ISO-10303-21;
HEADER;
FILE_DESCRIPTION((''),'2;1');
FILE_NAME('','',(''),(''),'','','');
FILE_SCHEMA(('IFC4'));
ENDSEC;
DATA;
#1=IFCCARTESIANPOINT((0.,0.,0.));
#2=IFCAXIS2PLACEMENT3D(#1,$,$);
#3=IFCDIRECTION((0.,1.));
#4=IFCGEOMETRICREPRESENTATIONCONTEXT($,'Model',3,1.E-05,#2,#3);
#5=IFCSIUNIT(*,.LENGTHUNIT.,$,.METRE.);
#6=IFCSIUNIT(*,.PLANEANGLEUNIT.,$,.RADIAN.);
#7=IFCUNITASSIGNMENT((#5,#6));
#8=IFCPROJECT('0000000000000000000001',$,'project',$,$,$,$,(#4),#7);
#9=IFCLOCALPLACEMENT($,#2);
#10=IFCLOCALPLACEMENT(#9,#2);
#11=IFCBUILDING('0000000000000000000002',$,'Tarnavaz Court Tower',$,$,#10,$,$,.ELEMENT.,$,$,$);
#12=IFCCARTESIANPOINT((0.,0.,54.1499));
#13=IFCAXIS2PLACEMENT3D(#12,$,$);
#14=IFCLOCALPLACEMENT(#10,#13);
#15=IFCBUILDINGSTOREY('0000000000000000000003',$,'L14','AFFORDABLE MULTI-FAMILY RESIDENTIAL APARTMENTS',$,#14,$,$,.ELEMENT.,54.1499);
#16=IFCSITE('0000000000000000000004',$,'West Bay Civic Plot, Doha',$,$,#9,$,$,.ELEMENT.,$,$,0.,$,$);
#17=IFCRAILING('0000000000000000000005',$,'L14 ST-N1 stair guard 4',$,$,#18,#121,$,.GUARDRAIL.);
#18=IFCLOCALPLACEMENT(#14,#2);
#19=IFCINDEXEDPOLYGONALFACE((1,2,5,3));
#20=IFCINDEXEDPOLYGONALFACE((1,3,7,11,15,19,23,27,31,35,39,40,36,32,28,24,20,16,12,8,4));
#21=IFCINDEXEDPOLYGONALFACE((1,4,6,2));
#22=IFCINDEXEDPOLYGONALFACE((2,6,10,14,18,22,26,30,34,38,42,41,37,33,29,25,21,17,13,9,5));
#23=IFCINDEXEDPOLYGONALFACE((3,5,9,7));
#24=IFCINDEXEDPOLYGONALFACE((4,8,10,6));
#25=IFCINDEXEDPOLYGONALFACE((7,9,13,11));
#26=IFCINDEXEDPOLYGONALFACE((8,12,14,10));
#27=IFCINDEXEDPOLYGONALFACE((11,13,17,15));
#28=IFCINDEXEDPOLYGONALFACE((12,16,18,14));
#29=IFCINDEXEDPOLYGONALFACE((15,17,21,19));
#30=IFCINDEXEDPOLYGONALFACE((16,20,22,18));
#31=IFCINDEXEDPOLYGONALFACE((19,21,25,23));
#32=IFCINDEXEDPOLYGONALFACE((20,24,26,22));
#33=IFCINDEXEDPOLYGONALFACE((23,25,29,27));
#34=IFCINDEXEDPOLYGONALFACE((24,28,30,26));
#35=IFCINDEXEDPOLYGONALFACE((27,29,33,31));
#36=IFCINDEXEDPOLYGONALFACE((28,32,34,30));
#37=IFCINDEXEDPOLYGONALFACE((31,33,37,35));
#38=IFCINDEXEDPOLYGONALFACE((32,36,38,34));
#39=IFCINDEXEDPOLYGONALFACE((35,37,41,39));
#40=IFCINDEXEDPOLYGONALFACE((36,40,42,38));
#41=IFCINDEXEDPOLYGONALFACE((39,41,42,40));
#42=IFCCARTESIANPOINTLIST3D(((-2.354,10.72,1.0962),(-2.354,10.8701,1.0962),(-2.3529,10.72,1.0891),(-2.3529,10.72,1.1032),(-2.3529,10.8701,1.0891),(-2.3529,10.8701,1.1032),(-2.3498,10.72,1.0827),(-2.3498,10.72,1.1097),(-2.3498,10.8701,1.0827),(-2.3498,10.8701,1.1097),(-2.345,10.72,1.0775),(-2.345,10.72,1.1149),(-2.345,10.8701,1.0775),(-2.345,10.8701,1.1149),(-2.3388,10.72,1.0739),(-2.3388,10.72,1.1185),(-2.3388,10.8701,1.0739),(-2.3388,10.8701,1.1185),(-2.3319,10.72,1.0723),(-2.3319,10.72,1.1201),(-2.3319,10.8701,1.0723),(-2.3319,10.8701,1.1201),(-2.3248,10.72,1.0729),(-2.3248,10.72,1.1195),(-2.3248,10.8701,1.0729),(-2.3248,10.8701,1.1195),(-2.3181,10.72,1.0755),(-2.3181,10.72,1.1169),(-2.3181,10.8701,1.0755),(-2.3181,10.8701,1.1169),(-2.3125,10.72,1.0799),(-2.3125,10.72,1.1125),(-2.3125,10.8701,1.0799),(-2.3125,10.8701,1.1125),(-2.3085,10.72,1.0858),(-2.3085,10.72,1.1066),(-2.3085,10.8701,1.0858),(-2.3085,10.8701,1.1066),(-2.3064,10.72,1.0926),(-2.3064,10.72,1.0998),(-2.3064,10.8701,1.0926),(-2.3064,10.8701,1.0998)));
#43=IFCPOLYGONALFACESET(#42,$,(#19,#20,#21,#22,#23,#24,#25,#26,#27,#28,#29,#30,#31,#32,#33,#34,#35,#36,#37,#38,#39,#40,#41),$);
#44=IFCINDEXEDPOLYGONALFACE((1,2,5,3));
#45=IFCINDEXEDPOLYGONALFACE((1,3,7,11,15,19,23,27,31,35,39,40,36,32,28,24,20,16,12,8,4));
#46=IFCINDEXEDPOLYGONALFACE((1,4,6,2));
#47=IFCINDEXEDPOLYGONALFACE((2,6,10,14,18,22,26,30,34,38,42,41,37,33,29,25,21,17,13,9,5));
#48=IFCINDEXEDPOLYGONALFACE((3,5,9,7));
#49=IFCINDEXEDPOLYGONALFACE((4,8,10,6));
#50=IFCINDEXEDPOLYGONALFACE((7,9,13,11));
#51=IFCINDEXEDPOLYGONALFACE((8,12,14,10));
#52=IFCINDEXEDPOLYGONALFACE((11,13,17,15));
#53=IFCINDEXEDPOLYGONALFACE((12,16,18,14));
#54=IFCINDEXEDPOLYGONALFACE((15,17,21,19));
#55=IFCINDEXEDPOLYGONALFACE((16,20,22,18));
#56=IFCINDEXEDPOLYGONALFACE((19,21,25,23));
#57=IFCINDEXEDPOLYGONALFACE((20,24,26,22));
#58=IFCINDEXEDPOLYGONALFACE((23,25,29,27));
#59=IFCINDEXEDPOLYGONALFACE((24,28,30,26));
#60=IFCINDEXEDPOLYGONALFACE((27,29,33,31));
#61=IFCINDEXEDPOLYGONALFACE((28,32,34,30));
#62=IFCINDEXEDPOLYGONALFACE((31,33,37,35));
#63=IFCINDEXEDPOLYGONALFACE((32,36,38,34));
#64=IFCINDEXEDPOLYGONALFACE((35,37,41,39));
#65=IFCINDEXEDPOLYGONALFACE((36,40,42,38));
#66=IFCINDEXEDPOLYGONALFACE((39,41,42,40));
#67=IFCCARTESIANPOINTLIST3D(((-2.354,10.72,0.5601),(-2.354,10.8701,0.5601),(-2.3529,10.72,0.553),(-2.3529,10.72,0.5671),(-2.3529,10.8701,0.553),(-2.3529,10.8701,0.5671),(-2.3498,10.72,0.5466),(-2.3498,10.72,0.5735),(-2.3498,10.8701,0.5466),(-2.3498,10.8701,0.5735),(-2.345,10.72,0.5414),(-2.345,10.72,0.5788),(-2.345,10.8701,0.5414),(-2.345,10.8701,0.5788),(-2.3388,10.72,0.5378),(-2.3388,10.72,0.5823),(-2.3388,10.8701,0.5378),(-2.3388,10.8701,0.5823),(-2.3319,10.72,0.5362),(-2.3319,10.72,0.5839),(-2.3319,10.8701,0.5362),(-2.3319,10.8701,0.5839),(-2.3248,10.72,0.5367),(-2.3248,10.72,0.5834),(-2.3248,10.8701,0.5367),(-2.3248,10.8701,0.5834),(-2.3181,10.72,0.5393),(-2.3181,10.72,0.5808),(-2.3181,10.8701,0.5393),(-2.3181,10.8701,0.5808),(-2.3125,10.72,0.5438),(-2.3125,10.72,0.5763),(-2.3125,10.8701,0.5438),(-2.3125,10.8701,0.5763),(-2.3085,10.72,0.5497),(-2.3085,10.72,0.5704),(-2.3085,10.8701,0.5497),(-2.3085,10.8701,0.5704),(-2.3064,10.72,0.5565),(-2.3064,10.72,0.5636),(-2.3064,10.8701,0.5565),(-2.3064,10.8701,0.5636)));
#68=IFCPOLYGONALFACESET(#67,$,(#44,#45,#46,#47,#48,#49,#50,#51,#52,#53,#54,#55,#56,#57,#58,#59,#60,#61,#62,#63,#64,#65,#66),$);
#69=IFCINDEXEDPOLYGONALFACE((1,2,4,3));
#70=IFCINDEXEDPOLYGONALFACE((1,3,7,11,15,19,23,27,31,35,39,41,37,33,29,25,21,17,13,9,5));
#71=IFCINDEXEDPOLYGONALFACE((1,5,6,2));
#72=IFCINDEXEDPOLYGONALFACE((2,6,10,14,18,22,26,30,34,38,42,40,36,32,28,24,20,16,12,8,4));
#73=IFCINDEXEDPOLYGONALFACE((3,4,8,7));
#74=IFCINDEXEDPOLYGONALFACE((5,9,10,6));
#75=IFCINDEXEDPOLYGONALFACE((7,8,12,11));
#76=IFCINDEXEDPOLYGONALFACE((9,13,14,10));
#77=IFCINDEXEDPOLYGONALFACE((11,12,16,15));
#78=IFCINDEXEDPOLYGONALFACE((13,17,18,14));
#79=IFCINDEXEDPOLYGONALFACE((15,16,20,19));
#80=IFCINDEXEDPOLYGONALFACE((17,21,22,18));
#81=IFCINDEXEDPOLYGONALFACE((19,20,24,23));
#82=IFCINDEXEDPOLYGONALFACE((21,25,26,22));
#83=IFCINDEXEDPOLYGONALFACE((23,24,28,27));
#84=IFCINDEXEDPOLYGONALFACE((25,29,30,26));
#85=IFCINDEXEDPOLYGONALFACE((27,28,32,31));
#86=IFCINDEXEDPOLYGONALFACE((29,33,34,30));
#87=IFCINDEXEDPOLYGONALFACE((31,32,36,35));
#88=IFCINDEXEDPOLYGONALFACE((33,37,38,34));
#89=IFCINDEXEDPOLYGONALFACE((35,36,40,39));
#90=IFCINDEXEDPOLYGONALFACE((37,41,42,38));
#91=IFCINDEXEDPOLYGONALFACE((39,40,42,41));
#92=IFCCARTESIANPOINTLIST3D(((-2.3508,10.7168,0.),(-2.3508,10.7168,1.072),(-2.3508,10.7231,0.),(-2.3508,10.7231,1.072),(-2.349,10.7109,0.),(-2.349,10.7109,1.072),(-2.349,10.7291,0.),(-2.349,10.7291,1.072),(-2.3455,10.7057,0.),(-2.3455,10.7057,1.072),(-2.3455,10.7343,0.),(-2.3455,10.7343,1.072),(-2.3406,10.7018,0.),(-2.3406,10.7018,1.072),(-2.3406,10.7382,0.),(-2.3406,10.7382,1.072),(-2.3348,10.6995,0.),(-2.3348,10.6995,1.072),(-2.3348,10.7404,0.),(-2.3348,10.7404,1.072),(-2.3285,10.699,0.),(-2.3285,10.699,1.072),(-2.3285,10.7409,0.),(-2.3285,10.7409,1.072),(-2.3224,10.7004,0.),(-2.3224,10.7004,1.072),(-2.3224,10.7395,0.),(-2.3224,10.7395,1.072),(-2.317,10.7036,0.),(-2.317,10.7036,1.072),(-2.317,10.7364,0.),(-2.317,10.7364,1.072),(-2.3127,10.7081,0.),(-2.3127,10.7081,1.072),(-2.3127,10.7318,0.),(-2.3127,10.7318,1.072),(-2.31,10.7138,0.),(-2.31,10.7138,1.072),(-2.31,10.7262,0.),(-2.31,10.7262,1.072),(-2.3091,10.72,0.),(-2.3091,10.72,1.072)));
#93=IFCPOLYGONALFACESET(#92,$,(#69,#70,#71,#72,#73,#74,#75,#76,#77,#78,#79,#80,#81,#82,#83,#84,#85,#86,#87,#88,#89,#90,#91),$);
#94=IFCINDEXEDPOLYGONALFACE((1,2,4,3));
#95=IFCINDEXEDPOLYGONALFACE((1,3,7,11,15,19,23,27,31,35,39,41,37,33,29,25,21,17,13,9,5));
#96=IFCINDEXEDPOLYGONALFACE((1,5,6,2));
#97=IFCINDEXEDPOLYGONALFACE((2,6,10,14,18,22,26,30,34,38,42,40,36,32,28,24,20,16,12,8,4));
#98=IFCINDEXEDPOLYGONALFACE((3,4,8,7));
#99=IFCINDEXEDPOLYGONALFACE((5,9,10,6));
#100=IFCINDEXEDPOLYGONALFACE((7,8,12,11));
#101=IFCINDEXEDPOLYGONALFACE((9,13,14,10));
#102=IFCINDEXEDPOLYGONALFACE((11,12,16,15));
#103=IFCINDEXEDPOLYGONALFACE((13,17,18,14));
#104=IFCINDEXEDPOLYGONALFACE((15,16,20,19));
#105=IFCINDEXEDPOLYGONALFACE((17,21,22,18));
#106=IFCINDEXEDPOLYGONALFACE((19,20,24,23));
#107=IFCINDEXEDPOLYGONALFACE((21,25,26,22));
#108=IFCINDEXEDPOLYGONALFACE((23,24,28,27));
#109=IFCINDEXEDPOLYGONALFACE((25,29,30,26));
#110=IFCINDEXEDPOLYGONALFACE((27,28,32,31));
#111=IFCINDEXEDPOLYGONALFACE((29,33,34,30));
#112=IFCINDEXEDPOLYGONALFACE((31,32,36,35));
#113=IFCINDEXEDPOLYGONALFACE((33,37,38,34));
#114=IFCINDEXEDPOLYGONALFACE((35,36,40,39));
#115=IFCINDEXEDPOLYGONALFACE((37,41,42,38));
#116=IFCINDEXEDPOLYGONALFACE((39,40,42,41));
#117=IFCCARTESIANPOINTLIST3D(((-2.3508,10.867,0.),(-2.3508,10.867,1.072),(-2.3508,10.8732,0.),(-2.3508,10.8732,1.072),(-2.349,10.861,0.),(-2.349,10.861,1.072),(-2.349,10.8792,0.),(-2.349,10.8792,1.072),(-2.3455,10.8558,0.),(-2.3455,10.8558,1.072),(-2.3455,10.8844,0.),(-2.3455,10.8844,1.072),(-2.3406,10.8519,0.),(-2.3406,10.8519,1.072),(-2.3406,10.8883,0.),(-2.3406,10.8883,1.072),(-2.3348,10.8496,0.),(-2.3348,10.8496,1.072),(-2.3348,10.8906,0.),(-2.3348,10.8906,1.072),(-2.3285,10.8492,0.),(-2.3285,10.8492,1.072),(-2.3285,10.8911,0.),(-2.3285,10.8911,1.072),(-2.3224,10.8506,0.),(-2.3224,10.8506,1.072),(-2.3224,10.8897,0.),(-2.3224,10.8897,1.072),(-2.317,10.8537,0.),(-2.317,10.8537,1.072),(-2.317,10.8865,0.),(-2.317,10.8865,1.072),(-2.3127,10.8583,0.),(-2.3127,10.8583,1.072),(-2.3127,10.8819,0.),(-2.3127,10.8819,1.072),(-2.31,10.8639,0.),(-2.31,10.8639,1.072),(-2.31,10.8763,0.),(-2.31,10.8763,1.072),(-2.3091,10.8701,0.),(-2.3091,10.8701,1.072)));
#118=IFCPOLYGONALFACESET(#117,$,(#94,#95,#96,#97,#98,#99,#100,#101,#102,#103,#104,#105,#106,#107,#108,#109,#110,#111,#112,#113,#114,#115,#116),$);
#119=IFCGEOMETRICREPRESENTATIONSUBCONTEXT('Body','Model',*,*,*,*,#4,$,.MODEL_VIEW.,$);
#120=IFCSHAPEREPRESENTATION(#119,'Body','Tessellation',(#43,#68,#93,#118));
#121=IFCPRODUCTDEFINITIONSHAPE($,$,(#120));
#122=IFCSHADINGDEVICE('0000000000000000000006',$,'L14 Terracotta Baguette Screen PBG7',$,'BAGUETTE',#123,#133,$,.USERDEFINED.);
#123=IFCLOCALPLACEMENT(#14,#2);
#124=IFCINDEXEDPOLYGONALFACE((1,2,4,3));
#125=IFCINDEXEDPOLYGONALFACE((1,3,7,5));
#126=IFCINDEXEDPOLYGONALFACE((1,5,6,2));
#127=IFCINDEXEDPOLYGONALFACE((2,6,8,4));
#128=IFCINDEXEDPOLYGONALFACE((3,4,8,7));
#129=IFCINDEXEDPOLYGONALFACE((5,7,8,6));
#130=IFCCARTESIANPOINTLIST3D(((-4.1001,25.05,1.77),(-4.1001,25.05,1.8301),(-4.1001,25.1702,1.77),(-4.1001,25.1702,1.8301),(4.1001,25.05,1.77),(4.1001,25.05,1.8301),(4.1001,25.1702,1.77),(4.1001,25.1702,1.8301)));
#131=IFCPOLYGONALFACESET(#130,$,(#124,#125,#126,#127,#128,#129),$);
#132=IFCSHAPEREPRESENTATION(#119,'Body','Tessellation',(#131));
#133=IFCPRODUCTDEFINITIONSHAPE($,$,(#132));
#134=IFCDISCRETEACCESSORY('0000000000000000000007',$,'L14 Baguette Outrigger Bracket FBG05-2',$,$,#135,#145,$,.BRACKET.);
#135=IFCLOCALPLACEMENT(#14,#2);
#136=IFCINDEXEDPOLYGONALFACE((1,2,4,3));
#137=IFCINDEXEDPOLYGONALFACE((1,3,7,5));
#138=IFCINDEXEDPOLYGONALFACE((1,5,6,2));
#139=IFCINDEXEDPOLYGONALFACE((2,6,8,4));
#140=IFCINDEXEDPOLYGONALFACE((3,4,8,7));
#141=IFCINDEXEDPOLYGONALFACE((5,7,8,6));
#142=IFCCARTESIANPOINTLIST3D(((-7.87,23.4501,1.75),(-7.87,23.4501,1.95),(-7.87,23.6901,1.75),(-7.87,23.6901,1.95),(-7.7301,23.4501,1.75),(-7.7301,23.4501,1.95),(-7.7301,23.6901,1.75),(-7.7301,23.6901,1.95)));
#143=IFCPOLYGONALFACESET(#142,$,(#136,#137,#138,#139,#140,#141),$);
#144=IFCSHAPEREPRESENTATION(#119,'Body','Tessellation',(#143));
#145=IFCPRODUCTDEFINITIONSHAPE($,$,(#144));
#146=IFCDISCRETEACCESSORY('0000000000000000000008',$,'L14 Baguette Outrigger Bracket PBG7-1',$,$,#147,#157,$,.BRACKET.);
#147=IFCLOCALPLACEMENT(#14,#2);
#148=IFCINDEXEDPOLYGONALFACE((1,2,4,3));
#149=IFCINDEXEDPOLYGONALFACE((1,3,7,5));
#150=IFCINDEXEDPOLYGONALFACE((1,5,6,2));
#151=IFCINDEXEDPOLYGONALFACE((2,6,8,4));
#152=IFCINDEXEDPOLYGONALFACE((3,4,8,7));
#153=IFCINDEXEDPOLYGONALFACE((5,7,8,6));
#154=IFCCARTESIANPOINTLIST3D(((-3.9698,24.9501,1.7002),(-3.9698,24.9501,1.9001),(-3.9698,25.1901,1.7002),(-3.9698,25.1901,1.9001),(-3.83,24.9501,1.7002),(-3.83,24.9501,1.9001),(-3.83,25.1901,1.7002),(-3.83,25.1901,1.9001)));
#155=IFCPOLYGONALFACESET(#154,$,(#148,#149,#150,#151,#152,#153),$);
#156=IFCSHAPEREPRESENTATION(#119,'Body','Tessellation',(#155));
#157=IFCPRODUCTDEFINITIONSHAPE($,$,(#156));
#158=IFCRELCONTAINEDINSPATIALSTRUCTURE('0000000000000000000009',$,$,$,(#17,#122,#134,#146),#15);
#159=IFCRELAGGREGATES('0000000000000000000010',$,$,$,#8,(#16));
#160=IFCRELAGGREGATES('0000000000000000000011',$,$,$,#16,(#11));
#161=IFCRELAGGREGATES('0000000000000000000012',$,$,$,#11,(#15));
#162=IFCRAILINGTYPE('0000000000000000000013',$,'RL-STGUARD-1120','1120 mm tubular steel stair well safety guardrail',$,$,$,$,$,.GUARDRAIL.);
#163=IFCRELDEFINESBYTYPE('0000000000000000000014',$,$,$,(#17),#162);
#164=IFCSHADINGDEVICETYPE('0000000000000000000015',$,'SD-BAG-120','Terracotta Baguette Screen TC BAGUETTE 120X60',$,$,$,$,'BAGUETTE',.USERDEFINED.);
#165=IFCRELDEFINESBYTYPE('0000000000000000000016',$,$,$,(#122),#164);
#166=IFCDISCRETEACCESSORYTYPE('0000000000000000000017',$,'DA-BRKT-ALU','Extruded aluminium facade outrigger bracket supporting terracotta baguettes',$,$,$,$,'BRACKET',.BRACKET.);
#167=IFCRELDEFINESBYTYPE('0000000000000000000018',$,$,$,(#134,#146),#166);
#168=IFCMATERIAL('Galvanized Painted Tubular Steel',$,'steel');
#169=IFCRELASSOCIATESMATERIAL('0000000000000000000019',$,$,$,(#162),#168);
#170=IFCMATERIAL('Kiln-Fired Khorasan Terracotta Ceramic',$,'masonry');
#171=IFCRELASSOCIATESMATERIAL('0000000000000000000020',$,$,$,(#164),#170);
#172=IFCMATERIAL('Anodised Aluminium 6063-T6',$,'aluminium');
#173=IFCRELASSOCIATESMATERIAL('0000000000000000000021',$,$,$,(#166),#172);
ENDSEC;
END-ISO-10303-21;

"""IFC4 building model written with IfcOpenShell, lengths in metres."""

from ifc_helpers import new_model, si_unit, direction, frame, origin, origin_2d, place, context, subcontext, project, spatial, rectangle, circle, extrude, material, material_profile, profile_set, type_object, element, save


model = new_model("IFC4")

# Units and contexts
model_context = context("Model", 3, precision=1e-05, world=origin(), true_north=direction((0.0, 1.0)))
body_context = subcontext(model_context, "Body", "Model", "MODEL_VIEW")
ifc_project = project(units=[si_unit("LENGTHUNIT", "METRE"), si_unit("PLANEANGLEUNIT", "RADIAN")], contexts=[model_context])

# Site, building, storey
site_placement = place(None, origin())
site = spatial("IfcSite", under=ifc_project, at=site_placement, Name="West Bay Civic Plot, Doha", CompositionType="ELEMENT", RefElevation=0.0)
building_placement = place(site_placement, origin())
building = spatial("IfcBuilding", under=site, at=building_placement, Name="Tarnavaz Court Tower", CompositionType="ELEMENT")
storey_placement = place(building_placement, frame((0.0, 0.0, 54.1499)))
storey = spatial("IfcBuildingStorey", under=building, at=storey_placement, Name="L14", Description="AFFORDABLE MULTI-FAMILY RESIDENTIAL APARTMENTS", CompositionType="ELEMENT", Elevation=54.1499)

# Shared definitions
ifc_material_1 = material(Name="Anodised Aluminium 6063-T6", Category="aluminium")

# Railing
ifc_material_2 = material(Name="Galvanized Painted Tubular Steel", Category="steel")
railing_type = type_object("IfcRailingType", Name="RL-STGUARD-1120", Description="1120 mm tubular steel stair well safety guardrail", PredefinedType="GUARDRAIL", material=ifc_material_2)
railing_placement = place(storey_placement, frame((-2.3301, 10.72, 0.0)))
element("IfcRailing", 1, at=railing_placement, inside=storey, type_object=railing_type, Name="L14 ST-N1 stair guard 4", PredefinedType="GUARDRAIL", context=body_context, shape_type="SweptSolid", body=[
    extrude(circle(Radius=0.0239, at=origin_2d()), frame((0.0, 0.0, 1.0962), z_axis=(0.0, 1.0, 0.0), x_axis=(-1.0, 0.0, 0.0)), (0.0, 0.0, 1.0), 0.1501),
    extrude(circle(Radius=0.0239, at=origin_2d()), frame((0.0, 0.0, 0.5601), z_axis=(0.0, 1.0, 0.0), x_axis=(-1.0, 0.0, 0.0)), (0.0, 0.0, 1.0), 0.1501),
    extrude(circle(Radius=0.021, at=origin_2d()), origin(), (0.0, 0.0, 1.0), 1.072),
    extrude(circle(Radius=0.021, at=origin_2d()), frame((0.0, 0.1501, 0.0)), (0.0, 0.0, 1.0), 1.072),
])

# Shading device
ifc_material_3 = material(Name="Kiln-Fired Khorasan Terracotta Ceramic", Category="masonry")
ifc_material_profile_1 = material_profile(ifc_material_3, rectangle(XDim=0.1201, YDim=0.0601, at=origin_2d()), Name="TC BAGUETTE 120X60")
ifc_profile_set_1 = profile_set([ifc_material_profile_1], Name="Kiln-Fired Khorasan Terracotta Ceramic")
shading_device_type = type_object("IfcShadingDeviceType", Name="SD-BAG-120", Description="Terracotta Baguette Screen TC BAGUETTE 120X60", ElementType="BAGUETTE", PredefinedType="USERDEFINED", material=ifc_profile_set_1)
shading_device_placement = place(storey_placement, frame((-4.1001, 25.1101, 1.8), z_axis=(1.0, 0.0, 0.0), x_axis=(0.0, 1.0, 0.0)))
element("IfcShadingDevice", 2, at=shading_device_placement, inside=storey, type_object=shading_device_type, Name="L14 Terracotta Baguette Screen PBG7", ObjectType="BAGUETTE", PredefinedType="USERDEFINED", context=body_context, shape_type="SweptSolid", body=[
    extrude(rectangle(XDim=0.1201, YDim=0.0601, at=origin_2d()), origin(), (0.0, 0.0, 1.0), 8.2002),
])

# Discrete accessories
discrete_accessory_type = type_object("IfcDiscreteAccessoryType", Name="DA-BRKT-ALU", Description="Extruded aluminium facade outrigger bracket supporting terracotta baguettes", ElementType="BRACKET", PredefinedType="BRACKET", material=ifc_material_1)
for number, where, z_axis, x_axis, name in (
    (3, (-7.8, 23.5701, 1.75), (0.0, 0.0, 1.0), (1.0, 0.0, 0.0), "L14 Baguette Outrigger Bracket FBG05-2"),
    (4, (-3.8999, 25.0701, 1.7002), (0.0, 0.0, 1.0), (1.0, 0.0, 0.0), "L14 Baguette Outrigger Bracket PBG7-1"),
):
    element("IfcDiscreteAccessory", number, at=place(storey_placement, frame(where, z_axis=z_axis, x_axis=x_axis)), inside=storey, type_object=discrete_accessory_type, Name=name, PredefinedType="BRACKET", context=body_context, shape_type="SweptSolid", body=[
        extrude(rectangle(XDim=0.1399, YDim=0.24, at=origin_2d()), origin(), (0.0, 0.0, 1.0), 0.2),
    ])

save(model, "model.ifc")
